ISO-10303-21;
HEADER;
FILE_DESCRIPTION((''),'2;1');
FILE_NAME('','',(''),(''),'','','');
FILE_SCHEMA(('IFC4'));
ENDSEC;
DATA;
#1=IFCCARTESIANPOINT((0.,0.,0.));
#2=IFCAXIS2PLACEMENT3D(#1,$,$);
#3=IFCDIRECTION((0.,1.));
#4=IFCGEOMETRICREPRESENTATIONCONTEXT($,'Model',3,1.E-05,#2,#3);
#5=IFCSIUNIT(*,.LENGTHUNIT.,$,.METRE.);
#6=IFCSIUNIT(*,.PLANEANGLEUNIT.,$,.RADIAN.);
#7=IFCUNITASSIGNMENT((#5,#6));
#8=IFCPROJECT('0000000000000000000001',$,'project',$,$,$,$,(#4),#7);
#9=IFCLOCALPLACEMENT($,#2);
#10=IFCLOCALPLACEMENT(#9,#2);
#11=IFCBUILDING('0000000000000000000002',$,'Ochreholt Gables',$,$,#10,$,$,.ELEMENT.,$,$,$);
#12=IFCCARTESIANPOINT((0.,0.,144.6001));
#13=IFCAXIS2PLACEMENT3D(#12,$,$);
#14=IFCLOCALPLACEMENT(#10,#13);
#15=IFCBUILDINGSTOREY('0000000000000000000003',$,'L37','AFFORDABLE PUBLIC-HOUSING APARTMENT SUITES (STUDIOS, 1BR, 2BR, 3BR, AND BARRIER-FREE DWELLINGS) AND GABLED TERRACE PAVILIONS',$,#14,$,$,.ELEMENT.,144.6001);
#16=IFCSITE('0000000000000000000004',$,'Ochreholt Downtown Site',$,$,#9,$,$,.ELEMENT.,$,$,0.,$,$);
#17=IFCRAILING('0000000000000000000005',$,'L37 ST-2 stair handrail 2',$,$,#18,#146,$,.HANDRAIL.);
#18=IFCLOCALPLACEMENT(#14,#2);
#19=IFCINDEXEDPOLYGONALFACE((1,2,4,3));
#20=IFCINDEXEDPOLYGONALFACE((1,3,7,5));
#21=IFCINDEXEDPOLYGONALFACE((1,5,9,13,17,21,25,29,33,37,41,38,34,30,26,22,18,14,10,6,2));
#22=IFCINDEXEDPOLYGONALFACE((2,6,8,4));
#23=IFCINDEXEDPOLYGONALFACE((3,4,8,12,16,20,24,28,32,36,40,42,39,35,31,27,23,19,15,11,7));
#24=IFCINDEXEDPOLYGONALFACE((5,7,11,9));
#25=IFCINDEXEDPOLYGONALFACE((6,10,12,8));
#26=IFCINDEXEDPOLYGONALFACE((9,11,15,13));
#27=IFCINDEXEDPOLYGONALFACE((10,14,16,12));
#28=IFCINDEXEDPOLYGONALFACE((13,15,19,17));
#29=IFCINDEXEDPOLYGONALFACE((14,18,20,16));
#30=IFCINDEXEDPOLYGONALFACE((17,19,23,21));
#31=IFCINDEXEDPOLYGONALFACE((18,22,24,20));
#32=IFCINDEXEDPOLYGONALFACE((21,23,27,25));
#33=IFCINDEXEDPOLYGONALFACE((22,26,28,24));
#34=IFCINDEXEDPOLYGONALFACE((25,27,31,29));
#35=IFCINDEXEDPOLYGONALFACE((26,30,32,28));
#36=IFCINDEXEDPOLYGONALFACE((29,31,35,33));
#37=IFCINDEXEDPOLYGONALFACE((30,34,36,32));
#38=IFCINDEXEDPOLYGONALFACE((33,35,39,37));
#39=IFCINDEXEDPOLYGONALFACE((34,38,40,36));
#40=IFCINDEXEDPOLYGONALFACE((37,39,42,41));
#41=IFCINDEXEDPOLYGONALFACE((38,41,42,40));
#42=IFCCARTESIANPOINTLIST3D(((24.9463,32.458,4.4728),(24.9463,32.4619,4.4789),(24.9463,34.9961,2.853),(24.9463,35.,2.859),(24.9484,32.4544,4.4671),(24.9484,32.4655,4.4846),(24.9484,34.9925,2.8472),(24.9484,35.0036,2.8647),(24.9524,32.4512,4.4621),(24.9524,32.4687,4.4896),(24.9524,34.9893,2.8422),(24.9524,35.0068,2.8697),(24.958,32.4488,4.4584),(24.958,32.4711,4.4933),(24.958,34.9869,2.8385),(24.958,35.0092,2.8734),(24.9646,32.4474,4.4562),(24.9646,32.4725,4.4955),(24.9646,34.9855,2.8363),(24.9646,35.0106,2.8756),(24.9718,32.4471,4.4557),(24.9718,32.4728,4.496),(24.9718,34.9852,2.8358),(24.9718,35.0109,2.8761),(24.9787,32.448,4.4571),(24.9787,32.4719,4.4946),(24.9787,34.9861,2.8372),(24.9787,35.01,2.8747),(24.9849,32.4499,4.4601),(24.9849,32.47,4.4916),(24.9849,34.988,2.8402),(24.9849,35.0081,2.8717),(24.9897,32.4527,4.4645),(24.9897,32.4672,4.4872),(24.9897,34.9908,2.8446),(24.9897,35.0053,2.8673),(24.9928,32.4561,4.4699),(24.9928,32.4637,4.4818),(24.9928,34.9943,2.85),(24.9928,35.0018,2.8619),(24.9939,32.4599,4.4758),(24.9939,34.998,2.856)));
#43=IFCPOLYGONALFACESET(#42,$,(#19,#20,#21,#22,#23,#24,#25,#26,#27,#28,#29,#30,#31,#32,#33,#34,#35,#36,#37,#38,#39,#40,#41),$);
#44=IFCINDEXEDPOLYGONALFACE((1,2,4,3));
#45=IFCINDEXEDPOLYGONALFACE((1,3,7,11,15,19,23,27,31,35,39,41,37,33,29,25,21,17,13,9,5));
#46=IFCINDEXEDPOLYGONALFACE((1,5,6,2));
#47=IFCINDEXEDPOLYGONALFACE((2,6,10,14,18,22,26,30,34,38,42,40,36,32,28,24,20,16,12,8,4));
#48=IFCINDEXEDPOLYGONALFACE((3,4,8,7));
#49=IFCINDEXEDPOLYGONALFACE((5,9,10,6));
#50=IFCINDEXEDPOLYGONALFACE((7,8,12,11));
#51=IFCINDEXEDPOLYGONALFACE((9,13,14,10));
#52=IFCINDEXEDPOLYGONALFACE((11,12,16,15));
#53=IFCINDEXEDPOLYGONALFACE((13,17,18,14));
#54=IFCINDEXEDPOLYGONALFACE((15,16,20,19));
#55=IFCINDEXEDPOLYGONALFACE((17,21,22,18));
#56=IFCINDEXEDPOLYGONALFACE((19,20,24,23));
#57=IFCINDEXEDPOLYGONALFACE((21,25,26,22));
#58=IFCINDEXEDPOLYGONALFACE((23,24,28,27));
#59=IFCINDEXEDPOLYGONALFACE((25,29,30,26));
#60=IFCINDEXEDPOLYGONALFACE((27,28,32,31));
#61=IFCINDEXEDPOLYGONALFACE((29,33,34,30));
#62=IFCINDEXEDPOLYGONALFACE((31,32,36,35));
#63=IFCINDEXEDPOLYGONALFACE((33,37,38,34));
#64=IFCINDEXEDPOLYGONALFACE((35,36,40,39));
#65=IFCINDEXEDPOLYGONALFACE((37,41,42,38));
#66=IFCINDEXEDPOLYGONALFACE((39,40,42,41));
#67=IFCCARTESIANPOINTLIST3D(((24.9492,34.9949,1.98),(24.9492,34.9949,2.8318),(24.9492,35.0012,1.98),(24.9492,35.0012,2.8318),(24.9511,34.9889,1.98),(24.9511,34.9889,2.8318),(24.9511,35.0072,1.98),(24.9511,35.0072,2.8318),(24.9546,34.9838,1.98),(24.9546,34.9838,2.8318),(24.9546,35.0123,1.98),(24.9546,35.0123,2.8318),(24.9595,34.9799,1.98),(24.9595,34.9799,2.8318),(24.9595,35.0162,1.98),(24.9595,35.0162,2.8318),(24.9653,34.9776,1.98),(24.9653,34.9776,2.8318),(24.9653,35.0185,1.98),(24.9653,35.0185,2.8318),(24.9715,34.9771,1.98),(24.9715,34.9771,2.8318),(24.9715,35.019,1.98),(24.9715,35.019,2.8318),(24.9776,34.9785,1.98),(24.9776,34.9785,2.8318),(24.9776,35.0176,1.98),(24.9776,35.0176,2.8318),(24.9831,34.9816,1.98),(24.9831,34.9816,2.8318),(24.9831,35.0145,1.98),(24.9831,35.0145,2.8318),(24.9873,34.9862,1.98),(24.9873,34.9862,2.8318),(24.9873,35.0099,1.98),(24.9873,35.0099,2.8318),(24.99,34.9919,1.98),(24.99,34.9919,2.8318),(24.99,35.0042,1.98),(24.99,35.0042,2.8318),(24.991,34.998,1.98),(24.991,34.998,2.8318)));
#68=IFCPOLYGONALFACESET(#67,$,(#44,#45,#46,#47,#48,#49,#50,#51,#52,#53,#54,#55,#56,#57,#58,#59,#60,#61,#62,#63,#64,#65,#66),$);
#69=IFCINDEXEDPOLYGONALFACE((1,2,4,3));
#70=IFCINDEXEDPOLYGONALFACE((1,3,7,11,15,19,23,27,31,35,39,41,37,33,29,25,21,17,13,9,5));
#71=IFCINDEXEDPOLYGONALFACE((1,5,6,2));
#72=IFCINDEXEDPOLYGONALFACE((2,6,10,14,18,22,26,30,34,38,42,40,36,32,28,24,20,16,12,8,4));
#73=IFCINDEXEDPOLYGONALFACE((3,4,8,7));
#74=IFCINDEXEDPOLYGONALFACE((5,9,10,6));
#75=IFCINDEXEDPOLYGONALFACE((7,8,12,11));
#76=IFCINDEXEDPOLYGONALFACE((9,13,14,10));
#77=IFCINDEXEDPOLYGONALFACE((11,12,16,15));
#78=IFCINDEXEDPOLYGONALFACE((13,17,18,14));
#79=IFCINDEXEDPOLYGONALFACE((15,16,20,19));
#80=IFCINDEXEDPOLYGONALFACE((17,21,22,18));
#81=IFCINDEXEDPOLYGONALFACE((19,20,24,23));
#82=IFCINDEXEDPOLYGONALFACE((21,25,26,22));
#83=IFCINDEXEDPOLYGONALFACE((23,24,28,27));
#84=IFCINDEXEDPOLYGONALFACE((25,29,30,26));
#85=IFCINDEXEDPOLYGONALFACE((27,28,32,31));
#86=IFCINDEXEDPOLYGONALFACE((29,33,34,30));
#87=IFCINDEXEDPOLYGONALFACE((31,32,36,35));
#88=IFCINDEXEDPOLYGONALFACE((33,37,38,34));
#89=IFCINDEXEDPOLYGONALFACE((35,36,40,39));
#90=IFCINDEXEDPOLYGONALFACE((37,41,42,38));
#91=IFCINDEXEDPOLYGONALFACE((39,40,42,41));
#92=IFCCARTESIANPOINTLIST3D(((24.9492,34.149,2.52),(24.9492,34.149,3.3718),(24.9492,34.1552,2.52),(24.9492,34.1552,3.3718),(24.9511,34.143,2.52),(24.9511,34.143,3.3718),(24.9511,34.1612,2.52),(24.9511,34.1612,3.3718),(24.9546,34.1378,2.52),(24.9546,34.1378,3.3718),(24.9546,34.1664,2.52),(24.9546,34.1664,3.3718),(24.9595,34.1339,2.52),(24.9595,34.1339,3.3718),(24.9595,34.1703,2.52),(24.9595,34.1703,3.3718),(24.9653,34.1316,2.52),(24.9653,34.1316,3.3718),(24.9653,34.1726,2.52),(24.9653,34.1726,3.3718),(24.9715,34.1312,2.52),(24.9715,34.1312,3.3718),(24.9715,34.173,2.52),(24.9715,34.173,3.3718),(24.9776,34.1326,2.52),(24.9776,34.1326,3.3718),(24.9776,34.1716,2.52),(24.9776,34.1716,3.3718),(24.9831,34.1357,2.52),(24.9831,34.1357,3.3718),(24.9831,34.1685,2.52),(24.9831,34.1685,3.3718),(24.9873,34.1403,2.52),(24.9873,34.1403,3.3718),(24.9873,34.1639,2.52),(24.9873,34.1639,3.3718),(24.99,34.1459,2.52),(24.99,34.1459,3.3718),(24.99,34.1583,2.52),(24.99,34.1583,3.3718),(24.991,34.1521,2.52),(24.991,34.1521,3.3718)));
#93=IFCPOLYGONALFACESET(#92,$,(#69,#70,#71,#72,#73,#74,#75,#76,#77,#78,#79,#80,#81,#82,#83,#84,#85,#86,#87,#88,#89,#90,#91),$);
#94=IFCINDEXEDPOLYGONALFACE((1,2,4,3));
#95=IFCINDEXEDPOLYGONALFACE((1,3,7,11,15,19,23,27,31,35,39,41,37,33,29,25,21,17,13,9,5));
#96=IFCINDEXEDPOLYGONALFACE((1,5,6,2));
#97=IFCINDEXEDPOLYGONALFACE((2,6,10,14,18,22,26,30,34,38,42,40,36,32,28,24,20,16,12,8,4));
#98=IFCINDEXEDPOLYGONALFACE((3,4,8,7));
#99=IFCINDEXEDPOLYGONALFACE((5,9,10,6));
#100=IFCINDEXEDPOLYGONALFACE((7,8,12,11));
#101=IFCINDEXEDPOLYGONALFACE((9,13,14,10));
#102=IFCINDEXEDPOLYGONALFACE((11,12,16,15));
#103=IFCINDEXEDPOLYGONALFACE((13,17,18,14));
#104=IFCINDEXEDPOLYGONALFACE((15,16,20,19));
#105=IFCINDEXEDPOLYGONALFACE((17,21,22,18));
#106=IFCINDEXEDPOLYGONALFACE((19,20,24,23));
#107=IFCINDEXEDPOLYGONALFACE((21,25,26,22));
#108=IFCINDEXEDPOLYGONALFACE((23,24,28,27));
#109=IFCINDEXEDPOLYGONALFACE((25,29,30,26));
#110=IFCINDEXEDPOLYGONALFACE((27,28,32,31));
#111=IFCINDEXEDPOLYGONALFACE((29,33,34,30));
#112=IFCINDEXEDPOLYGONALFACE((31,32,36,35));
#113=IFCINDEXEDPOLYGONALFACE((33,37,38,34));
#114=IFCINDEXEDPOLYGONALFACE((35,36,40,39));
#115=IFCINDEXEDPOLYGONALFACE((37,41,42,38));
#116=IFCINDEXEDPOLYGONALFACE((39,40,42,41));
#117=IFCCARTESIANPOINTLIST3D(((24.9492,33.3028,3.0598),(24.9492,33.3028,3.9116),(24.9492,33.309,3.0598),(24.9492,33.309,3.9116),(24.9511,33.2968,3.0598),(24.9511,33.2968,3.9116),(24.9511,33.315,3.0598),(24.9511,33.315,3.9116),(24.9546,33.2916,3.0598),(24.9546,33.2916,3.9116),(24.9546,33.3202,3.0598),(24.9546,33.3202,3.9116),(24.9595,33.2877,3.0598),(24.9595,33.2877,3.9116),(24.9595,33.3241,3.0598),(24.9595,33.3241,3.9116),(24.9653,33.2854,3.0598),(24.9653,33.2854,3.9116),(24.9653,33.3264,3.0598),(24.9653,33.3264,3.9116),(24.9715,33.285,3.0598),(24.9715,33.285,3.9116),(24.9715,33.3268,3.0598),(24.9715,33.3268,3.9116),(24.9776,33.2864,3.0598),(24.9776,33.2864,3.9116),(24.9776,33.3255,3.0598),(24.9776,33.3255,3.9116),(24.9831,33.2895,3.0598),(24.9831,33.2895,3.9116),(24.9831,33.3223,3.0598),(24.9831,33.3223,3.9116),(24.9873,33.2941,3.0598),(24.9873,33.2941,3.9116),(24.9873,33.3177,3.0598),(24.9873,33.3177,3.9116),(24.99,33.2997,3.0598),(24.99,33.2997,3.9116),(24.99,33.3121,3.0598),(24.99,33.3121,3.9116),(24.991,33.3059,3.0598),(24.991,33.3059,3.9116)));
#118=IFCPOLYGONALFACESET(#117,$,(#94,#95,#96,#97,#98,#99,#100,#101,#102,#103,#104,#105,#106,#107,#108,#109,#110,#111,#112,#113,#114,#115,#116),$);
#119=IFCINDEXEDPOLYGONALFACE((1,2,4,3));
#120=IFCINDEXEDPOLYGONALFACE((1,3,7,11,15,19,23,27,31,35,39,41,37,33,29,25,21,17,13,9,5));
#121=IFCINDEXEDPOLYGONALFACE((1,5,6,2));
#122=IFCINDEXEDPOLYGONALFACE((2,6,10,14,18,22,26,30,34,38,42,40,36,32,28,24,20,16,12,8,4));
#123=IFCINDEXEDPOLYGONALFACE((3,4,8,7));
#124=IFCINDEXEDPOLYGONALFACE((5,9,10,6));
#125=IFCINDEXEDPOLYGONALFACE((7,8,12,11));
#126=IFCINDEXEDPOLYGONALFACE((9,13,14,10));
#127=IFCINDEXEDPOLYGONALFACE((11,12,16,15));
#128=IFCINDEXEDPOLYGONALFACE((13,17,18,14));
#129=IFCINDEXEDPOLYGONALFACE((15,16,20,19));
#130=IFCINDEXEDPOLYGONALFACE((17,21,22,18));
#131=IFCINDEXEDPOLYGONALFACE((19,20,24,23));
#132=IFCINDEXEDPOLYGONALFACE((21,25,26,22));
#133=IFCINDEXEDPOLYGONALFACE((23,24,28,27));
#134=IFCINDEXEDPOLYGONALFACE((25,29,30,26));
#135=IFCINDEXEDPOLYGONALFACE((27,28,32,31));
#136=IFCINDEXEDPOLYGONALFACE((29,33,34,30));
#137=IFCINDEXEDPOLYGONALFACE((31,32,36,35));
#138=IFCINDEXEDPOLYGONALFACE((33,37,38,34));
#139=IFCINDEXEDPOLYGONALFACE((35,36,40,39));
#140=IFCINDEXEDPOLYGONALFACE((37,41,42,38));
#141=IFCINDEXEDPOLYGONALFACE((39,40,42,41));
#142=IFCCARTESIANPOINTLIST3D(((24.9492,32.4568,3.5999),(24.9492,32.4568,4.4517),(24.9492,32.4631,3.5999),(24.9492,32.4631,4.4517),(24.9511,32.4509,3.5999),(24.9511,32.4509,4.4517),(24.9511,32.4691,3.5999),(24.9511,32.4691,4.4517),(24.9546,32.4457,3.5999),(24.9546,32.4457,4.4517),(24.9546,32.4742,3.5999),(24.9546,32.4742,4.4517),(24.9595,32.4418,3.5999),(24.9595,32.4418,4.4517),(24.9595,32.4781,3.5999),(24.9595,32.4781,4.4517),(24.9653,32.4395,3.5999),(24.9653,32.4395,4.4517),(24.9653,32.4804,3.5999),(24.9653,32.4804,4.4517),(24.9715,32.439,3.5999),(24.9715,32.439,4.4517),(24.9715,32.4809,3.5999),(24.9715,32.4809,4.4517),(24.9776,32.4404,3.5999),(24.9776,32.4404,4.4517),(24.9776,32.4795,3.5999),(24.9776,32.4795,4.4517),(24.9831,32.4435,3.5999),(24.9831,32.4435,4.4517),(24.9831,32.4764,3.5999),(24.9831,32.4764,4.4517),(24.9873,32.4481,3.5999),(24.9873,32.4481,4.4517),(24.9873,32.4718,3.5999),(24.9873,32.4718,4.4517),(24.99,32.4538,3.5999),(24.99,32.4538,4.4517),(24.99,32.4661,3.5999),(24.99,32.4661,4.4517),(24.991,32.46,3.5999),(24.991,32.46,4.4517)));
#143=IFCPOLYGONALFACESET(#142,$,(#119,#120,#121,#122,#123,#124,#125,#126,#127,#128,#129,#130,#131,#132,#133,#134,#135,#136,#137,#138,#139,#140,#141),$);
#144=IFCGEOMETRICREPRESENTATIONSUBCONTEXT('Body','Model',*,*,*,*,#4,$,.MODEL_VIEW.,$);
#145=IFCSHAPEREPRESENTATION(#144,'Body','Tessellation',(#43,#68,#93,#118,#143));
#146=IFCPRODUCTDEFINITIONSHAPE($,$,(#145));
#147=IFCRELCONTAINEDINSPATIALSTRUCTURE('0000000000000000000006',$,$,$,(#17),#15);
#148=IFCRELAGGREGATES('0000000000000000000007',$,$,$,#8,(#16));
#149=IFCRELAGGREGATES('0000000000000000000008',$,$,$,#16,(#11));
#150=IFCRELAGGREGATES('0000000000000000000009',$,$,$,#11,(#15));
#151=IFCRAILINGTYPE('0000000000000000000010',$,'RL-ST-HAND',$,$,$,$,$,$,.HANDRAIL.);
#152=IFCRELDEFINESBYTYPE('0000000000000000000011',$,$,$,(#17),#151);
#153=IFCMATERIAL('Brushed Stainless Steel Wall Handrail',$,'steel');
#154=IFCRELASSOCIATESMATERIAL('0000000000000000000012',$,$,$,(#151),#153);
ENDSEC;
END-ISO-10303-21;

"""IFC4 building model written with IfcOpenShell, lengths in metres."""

from ifc_helpers import new_model, si_unit, direction, frame, origin, origin_2d, place, context, subcontext, project, spatial, circle, extrude, material, type_object, element, save


model = new_model("IFC4")

# Units and contexts
model_context = context("Model", 3, precision=1e-05, world=origin(), true_north=direction((0.0, 1.0)))
body_context = subcontext(model_context, "Body", "Model", "MODEL_VIEW")
ifc_project = project(units=[si_unit("LENGTHUNIT", "METRE"), si_unit("PLANEANGLEUNIT", "RADIAN")], contexts=[model_context])

# Site, building, storey
site_placement = place(None, origin())
site = spatial("IfcSite", under=ifc_project, at=site_placement, Name="Ochreholt Downtown Site", CompositionType="ELEMENT", RefElevation=0.0)
building_placement = place(site_placement, origin())
building = spatial("IfcBuilding", under=site, at=building_placement, Name="Ochreholt Gables", CompositionType="ELEMENT")
storey_placement = place(building_placement, frame((0.0, 0.0, 144.6001)))
storey = spatial("IfcBuildingStorey", under=building, at=storey_placement, Name="L37", Description="AFFORDABLE PUBLIC-HOUSING APARTMENT SUITES (STUDIOS, 1BR, 2BR, 3BR, AND BARRIER-FREE DWELLINGS) AND GABLED TERRACE PAVILIONS", CompositionType="ELEMENT", Elevation=144.6001)

# Railing
ifc_material_1 = material(Name="Brushed Stainless Steel Wall Handrail", Category="steel")
railing_type_1 = type_object("IfcRailingType", Name="RL-ST-HAND", PredefinedType="HANDRAIL", material=ifc_material_1)
railing_1_placement = place(storey_placement, frame((24.97, 34.998, 1.98)))
element("IfcRailing", 1, at=railing_1_placement, inside=storey, type_object=railing_type_1, Name="L37 ST-2 stair handrail 2", PredefinedType="HANDRAIL", context=body_context, shape_type="SweptSolid", body=[
    extrude(circle(Radius=0.0239, at=origin_2d()), frame((0.0, 0.0, 0.876), z_axis=(0.0, -0.84295, 0.537993), x_axis=(1.0, 0.0, 0.0)), (0.0, 0.0, 1.0), 3.011),
    extrude(circle(Radius=0.021, at=origin_2d()), origin(), (0.0, 0.0, 1.0), 0.8518),
    extrude(circle(Radius=0.021, at=origin_2d()), frame((0.0, -0.8459, 0.54)), (0.0, 0.0, 1.0), 0.8518),
    extrude(circle(Radius=0.021, at=origin_2d()), frame((0.0, -1.6921, 1.0798)), (0.0, 0.0, 1.0), 0.8518),
    extrude(circle(Radius=0.021, at=origin_2d()), frame((0.0, -2.5381, 1.6199)), (0.0, 0.0, 1.0), 0.8518),
])

save(model, "model.ifc")
